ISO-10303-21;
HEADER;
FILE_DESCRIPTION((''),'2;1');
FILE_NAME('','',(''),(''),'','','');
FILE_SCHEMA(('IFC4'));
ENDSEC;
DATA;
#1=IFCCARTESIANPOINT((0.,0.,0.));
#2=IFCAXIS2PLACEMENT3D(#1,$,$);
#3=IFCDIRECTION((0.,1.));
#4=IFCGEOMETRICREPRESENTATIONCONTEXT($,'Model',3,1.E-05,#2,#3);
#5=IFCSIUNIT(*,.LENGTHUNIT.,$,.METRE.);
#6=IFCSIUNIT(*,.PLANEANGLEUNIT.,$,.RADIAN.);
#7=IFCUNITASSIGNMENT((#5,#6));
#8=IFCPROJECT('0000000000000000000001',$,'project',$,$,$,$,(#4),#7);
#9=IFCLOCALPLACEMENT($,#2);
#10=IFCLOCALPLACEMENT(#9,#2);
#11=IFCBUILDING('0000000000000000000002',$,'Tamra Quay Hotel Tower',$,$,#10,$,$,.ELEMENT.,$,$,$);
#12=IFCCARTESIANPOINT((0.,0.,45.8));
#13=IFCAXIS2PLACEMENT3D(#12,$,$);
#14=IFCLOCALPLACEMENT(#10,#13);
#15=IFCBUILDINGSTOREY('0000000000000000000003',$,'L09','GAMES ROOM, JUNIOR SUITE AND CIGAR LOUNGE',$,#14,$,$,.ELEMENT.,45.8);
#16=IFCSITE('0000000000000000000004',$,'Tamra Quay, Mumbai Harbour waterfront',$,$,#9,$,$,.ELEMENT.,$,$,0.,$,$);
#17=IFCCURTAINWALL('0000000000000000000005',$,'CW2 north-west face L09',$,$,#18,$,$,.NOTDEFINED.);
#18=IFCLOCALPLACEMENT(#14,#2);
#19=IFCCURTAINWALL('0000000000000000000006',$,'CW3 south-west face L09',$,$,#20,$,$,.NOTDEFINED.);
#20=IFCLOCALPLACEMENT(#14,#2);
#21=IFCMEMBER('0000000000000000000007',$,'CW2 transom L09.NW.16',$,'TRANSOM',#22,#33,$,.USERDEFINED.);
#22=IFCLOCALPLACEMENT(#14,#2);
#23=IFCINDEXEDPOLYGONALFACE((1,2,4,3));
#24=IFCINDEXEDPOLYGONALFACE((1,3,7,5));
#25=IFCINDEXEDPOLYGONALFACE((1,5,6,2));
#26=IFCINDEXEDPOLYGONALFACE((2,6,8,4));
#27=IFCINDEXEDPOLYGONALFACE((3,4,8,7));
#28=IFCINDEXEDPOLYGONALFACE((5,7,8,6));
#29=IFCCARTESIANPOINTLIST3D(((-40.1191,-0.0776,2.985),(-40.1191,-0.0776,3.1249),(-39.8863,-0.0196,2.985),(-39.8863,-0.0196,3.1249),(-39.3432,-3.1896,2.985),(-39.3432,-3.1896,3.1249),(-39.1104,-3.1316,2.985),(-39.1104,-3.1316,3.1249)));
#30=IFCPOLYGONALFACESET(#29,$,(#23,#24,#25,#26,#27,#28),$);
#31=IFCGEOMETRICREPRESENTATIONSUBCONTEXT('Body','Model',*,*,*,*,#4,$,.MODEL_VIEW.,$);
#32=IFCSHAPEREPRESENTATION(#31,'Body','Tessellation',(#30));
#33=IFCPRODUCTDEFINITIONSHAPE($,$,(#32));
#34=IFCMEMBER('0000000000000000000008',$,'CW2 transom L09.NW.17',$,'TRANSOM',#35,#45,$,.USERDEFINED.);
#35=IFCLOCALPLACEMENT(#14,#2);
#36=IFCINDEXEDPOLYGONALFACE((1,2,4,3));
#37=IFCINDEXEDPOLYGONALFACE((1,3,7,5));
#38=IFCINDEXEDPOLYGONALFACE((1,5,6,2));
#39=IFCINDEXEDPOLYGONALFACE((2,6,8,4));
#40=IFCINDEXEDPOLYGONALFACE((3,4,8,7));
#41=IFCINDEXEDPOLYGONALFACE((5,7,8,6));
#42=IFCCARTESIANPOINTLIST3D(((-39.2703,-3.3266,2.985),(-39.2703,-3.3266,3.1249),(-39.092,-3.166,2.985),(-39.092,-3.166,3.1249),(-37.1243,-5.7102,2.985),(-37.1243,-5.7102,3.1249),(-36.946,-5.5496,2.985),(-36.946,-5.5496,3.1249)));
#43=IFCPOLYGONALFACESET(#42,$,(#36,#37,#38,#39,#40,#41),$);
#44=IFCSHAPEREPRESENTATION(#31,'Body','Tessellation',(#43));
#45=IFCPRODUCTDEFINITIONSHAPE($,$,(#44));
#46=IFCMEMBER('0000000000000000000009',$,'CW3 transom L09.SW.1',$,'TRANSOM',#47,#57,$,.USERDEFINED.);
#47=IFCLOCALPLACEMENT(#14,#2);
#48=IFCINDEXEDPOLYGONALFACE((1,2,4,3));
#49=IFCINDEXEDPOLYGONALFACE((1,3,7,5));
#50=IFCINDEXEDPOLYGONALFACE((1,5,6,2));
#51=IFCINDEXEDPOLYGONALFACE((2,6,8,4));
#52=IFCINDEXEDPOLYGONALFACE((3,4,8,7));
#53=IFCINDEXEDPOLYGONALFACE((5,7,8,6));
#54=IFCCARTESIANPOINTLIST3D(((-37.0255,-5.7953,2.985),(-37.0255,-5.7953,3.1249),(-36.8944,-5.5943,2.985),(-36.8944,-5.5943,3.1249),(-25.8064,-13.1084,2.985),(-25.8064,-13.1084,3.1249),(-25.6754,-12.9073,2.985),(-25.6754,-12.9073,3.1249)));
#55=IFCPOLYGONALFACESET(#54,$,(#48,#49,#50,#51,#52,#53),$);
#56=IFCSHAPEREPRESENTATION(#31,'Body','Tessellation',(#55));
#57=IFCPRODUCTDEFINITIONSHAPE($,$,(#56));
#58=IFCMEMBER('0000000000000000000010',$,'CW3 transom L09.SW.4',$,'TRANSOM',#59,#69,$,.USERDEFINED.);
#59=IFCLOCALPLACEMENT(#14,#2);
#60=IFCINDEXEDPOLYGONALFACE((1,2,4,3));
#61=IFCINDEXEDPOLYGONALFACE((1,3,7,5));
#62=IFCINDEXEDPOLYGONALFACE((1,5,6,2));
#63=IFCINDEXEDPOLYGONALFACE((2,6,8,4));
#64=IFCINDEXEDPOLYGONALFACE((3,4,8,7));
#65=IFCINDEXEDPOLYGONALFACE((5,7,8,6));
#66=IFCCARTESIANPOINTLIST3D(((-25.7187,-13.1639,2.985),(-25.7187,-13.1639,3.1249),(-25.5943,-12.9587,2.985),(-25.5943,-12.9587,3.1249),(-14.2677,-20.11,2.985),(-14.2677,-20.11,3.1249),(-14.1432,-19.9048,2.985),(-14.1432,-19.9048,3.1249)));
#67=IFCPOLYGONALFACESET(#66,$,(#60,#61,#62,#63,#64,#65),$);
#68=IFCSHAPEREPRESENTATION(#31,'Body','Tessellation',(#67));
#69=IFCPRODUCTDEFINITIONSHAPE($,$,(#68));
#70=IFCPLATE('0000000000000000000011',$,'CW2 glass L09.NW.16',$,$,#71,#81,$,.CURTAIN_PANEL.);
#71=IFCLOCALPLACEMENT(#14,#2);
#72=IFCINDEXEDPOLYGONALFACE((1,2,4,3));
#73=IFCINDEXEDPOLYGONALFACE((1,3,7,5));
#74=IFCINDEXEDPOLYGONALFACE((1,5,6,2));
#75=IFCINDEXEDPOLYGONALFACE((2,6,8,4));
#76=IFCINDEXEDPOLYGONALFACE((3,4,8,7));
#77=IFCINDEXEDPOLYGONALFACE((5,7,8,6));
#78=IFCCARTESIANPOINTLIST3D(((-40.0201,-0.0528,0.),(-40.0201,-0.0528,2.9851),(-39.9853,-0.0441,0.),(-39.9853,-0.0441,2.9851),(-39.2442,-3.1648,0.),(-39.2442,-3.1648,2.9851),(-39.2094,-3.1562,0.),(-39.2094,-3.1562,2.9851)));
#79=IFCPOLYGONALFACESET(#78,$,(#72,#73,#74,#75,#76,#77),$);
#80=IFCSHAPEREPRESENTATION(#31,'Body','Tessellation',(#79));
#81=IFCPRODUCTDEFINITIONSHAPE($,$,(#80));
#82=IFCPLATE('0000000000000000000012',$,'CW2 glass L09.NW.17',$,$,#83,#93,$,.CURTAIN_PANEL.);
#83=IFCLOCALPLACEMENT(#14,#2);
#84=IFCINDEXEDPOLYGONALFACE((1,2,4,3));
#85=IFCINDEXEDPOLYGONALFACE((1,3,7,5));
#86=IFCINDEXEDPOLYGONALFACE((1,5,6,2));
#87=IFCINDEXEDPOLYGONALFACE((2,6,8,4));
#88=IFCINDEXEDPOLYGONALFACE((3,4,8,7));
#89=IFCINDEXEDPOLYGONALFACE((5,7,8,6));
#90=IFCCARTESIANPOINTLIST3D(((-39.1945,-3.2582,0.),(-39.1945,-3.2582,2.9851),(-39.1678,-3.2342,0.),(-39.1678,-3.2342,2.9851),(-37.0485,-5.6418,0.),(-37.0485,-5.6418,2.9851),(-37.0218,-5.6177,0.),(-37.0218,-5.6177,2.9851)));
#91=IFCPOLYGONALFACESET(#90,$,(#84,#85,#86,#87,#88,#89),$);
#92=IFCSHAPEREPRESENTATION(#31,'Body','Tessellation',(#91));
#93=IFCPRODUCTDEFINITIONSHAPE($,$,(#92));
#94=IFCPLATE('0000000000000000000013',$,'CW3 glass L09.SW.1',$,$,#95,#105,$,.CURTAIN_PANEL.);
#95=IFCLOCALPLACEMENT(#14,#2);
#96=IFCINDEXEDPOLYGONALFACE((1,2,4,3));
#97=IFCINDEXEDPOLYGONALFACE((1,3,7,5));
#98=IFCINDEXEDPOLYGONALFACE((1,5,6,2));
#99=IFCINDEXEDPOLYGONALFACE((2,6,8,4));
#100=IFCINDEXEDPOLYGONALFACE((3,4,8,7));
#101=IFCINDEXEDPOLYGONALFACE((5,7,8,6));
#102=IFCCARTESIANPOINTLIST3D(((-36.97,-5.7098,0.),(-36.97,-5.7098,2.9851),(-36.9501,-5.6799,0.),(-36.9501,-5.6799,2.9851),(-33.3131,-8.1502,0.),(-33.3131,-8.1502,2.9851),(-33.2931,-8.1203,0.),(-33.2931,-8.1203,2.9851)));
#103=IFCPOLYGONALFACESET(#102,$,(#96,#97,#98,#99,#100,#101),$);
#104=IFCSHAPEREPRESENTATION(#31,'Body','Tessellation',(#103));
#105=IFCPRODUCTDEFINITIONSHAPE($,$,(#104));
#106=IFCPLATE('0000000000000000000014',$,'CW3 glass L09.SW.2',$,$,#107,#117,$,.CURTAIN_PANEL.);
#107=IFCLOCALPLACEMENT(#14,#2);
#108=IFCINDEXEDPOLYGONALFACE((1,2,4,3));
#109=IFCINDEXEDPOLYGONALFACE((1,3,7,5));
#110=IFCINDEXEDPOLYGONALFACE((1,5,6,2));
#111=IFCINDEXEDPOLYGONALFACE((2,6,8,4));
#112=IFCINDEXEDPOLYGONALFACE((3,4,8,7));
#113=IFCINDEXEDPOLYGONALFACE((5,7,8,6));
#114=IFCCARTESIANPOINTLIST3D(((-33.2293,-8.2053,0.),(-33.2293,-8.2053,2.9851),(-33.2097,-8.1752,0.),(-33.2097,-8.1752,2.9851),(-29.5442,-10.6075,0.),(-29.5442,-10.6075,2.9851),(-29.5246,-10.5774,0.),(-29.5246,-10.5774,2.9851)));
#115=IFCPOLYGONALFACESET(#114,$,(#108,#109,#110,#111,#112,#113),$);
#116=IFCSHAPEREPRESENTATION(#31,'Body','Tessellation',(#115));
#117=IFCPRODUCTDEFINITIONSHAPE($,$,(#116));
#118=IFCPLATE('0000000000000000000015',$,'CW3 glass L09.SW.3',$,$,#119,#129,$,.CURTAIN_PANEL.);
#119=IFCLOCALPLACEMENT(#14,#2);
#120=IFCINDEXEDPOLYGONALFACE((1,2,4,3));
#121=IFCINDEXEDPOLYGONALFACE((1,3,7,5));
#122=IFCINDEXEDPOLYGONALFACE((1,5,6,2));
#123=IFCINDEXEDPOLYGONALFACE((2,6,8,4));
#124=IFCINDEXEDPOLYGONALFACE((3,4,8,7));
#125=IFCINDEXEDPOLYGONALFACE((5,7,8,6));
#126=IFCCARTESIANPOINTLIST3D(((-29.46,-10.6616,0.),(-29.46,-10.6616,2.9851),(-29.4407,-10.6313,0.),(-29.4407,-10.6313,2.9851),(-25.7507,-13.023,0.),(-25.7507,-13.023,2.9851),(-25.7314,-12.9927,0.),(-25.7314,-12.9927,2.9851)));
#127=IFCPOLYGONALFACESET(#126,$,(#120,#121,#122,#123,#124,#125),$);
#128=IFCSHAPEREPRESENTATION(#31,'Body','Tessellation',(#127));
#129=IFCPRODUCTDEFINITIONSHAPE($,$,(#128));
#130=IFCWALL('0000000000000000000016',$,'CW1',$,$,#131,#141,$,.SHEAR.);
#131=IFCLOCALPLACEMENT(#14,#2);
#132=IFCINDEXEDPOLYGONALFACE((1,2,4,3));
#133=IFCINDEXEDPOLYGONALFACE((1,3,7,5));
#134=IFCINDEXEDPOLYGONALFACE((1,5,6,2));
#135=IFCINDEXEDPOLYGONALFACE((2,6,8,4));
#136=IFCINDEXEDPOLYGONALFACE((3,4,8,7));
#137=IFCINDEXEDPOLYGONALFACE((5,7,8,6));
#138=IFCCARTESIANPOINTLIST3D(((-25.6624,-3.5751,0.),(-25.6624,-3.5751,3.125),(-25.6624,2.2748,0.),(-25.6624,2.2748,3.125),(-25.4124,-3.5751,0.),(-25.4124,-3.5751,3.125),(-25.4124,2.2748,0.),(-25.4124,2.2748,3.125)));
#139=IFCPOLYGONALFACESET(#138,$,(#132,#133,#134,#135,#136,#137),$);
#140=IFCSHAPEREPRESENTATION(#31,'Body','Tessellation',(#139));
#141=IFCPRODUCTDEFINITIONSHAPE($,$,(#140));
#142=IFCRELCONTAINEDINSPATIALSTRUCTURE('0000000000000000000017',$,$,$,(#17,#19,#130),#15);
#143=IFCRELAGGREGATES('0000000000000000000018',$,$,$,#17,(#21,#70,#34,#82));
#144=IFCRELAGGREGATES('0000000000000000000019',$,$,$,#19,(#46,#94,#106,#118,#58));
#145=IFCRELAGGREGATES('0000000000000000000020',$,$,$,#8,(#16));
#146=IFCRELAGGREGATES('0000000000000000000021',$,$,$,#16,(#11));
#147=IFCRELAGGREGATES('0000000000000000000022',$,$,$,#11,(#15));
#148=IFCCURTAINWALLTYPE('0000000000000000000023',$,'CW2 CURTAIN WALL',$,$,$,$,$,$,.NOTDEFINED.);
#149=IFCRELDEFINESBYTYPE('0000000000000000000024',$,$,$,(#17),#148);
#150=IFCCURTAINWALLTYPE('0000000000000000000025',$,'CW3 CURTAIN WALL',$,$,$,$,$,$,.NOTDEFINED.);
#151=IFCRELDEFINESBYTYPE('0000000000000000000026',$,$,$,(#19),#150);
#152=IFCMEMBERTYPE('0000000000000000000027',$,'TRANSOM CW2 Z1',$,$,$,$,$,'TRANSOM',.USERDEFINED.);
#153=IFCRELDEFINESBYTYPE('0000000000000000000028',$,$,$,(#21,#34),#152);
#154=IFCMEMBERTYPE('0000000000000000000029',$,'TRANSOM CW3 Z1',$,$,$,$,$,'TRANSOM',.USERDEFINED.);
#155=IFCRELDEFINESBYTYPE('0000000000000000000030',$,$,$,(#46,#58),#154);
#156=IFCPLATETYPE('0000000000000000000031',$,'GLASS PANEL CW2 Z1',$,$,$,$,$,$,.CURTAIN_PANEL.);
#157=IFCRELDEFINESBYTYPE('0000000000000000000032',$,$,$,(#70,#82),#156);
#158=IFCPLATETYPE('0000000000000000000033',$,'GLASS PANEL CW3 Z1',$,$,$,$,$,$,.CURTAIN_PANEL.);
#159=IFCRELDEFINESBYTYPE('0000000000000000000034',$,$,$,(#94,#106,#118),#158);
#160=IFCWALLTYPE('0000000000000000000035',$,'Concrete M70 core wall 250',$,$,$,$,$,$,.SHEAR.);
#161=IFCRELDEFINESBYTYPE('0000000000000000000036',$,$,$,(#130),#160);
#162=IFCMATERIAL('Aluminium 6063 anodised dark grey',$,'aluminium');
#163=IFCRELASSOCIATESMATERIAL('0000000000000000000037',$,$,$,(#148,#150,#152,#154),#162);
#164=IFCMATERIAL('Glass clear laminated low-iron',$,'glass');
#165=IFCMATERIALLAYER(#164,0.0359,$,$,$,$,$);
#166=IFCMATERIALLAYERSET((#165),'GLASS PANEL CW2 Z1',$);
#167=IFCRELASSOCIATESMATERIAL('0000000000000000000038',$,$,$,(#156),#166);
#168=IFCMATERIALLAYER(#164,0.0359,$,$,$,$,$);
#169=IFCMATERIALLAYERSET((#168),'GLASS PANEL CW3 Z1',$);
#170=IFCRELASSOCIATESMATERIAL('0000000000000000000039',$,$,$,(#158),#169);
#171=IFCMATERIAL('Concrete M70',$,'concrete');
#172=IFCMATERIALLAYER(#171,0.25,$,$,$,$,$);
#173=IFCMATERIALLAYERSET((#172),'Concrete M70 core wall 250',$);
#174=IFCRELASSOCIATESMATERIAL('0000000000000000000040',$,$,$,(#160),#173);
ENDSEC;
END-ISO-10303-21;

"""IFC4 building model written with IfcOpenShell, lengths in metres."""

from ifc_helpers import new_model, si_unit, direction, frame, frame_2d, origin, origin_2d, place, context, subcontext, project, spatial, rectangle, extrude, material, layer, layer_set, material_profile, profile_set, type_object, element, aggregate, save


model = new_model("IFC4")

# Units and contexts
model_context = context("Model", 3, precision=1e-05, world=origin(), true_north=direction((0.0, 1.0)))
body_context = subcontext(model_context, "Body", "Model", "MODEL_VIEW")
ifc_project = project(units=[si_unit("LENGTHUNIT", "METRE"), si_unit("PLANEANGLEUNIT", "RADIAN")], contexts=[model_context])

# Site, building, storey
site_placement = place(None, origin())
site = spatial("IfcSite", under=ifc_project, at=site_placement, Name="Tamra Quay, Mumbai Harbour waterfront", CompositionType="ELEMENT", RefElevation=0.0)
building_placement = place(site_placement, origin())
building = spatial("IfcBuilding", under=site, at=building_placement, Name="Tamra Quay Hotel Tower", CompositionType="ELEMENT")
storey_placement = place(building_placement, frame((0.0, 0.0, 45.8)))
storey = spatial("IfcBuildingStorey", under=building, at=storey_placement, Name="L09", Description="GAMES ROOM, JUNIOR SUITE AND CIGAR LOUNGE", CompositionType="ELEMENT", Elevation=45.8)

# Shared definitions
ifc_material_1 = material(Name="Concrete M70", Category="concrete")

# Curtain walls
ifc_material_2 = material(Name="Aluminium 6063 anodised dark grey", Category="aluminium")
curtain_wall_type_1 = type_object("IfcCurtainWallType", Name="CW2 CURTAIN WALL", PredefinedType="NOTDEFINED", material=ifc_material_2)
curtain_wall_1_placement = place(storey_placement, origin())
curtain_wall_1 = element("IfcCurtainWall", 1, at=curtain_wall_1_placement, inside=storey, type_object=curtain_wall_type_1, Name="CW2 north-west face L09", PredefinedType="NOTDEFINED")
curtain_wall_type_2 = type_object("IfcCurtainWallType", Name="CW3 CURTAIN WALL", PredefinedType="NOTDEFINED", material=ifc_material_2)
curtain_wall_2_placement = place(storey_placement, origin())
curtain_wall_2 = element("IfcCurtainWall", 2, at=curtain_wall_2_placement, inside=storey, type_object=curtain_wall_type_2, Name="CW3 south-west face L09", PredefinedType="NOTDEFINED")

# Members
ifc_material_profile_1 = material_profile(ifc_material_2, rectangle(XDim=0.24, YDim=0.1399, at=origin_2d()), Name="TRANSOM 240X140")
ifc_profile_set_1 = profile_set([ifc_material_profile_1], Name="Aluminium 6063 anodised dark grey")
member_type_1 = type_object("IfcMemberType", Name="TRANSOM CW2 Z1", ElementType="TRANSOM", PredefinedType="USERDEFINED", material=ifc_profile_set_1)
member_1_placement = place(storey_placement, frame((-40.0027, -0.0486, 3.0549), z_axis=(0.241909, -0.970299, 0.0), x_axis=(0.970299, 0.241909, 0.0)))
member_1 = element("IfcMember", 3, at=member_1_placement, type_object=member_type_1, Name="CW2 transom L09.NW.16", ObjectType="TRANSOM", PredefinedType="USERDEFINED", context=body_context, shape_type="SweptSolid", body=[
    extrude(rectangle(XDim=0.24, YDim=0.1399, at=origin_2d()), origin(), (0.0, 0.0, 1.0), 3.2073),
])
member_2_placement = place(storey_placement, frame((-39.1812, -3.2463, 3.0549), z_axis=(0.669104, -0.743169, 0.0), x_axis=(0.743169, 0.669104, 0.0)))
member_2 = element("IfcMember", 4, at=member_2_placement, type_object=member_type_1, Name="CW2 transom L09.NW.17", ObjectType="TRANSOM", PredefinedType="USERDEFINED", context=body_context, shape_type="SweptSolid", body=[
    extrude(rectangle(XDim=0.24, YDim=0.1399, at=origin_2d()), origin(), (0.0, 0.0, 1.0), 3.2073),
])
ifc_material_profile_2 = material_profile(ifc_material_2, rectangle(XDim=0.24, YDim=0.1399, at=origin_2d()), Name="TRANSOM 240X140")
ifc_profile_set_2 = profile_set([ifc_material_profile_2], Name="Aluminium 6063 anodised dark grey")
member_type_2 = type_object("IfcMemberType", Name="TRANSOM CW3 Z1", ElementType="TRANSOM", PredefinedType="USERDEFINED", material=ifc_profile_set_2)
member_3_placement = place(storey_placement, frame((-36.96, -5.6948, 3.0549), z_axis=(0.837739, -0.546071, 0.0), x_axis=(0.546071, 0.837739, 0.0)))
member_3 = element("IfcMember", 5, at=member_3_placement, type_object=member_type_2, Name="CW3 transom L09.SW.1", ObjectType="TRANSOM", PredefinedType="USERDEFINED", context=body_context, shape_type="SweptSolid", body=[
    extrude(rectangle(XDim=0.24, YDim=0.1399, at=origin_2d()), origin(), (0.0, 0.0, 1.0), 13.3921),
])
member_4_placement = place(storey_placement, frame((-25.6565, -13.0613, 3.0549), z_axis=(0.854996, -0.518634, 0.0), x_axis=(0.518634, 0.854996, 0.0)))
member_4 = element("IfcMember", 6, at=member_4_placement, type_object=member_type_2, Name="CW3 transom L09.SW.4", ObjectType="TRANSOM", PredefinedType="USERDEFINED", context=body_context, shape_type="SweptSolid", body=[
    extrude(rectangle(XDim=0.24, YDim=0.1399, at=origin_2d()), origin(), (0.0, 0.0, 1.0), 13.3931),
])

# Plates
ifc_material_3 = material(Name="Glass clear laminated low-iron", Category="glass")
ifc_layer_1 = layer(ifc_material_3, 0.0359)
ifc_layer_set_1 = layer_set([ifc_layer_1], Name="GLASS PANEL CW2 Z1")
plate_type_1 = type_object("IfcPlateType", Name="GLASS PANEL CW2 Z1", PredefinedType="CURTAIN_PANEL", material=ifc_layer_set_1)
plate_1_placement = place(storey_placement, frame((-39.6147, -1.6045, 0.0), z_axis=(0.0, 0.0, 1.0), x_axis=(0.241914, -0.970298, 0.0)))
plate_1 = element("IfcPlate", 7, at=plate_1_placement, type_object=plate_type_1, Name="CW2 glass L09.NW.16", PredefinedType="CURTAIN_PANEL", context=body_context, shape_type="SweptSolid", body=[
    extrude(rectangle(XDim=3.2073, YDim=0.0359, at=origin_2d()), origin(), (0.0, 0.0, 1.0), 2.9851),
])
plate_2_placement = place(storey_placement, frame((-38.1082, -4.438, 0.0), z_axis=(0.0, 0.0, 1.0), x_axis=(0.669112, -0.743161, 0.0)))
plate_2 = element("IfcPlate", 8, at=plate_2_placement, type_object=plate_type_1, Name="CW2 glass L09.NW.17", PredefinedType="CURTAIN_PANEL", context=body_context, shape_type="SweptSolid", body=[
    extrude(rectangle(XDim=3.2073, YDim=0.0359, at=origin_2d()), origin(), (0.0, 0.0, 1.0), 2.9851),
])
aggregate(curtain_wall_1, [member_1, plate_1, member_2, plate_2])
ifc_layer_2 = layer(ifc_material_3, 0.0359)
ifc_layer_set_2 = layer_set([ifc_layer_2], Name="GLASS PANEL CW3 Z1")
plate_type_2 = type_object("IfcPlateType", Name="GLASS PANEL CW3 Z1", PredefinedType="CURTAIN_PANEL", material=ifc_layer_set_2)
plate_3_placement = place(storey_placement, frame((-35.1316, -6.915, 0.0), z_axis=(0.0, 0.0, 1.0), x_axis=(0.831798, -0.555078, 0.0)))
plate_3 = element("IfcPlate", 9, at=plate_3_placement, type_object=plate_type_2, Name="CW3 glass L09.SW.1", PredefinedType="CURTAIN_PANEL", context=body_context, shape_type="SweptSolid", body=[
    extrude(rectangle(XDim=4.3965, YDim=0.0359, at=origin_2d()), origin(), (0.0, 0.0, 1.0), 2.9851),
])
plate_4_placement = place(storey_placement, frame((-31.377, -9.3914, 0.0), z_axis=(0.0, 0.0, 1.0), x_axis=(0.837728, -0.546088, 0.0)))
plate_4 = element("IfcPlate", 10, at=plate_4_placement, type_object=plate_type_2, Name="CW3 glass L09.SW.2", PredefinedType="CURTAIN_PANEL", context=body_context, shape_type="SweptSolid", body=[
    extrude(rectangle(XDim=4.3989, YDim=0.0359, at=origin_2d()), origin(), (0.0, 0.0, 1.0), 2.9851),
])
plate_5_placement = place(storey_placement, frame((-27.5957, -11.8271, 0.0), z_axis=(0.0, 0.0, 1.0), x_axis=(0.843571, -0.537018, 0.0)))
plate_5 = element("IfcPlate", 11, at=plate_5_placement, type_object=plate_type_2, Name="CW3 glass L09.SW.3", PredefinedType="CURTAIN_PANEL", context=body_context, shape_type="SweptSolid", body=[
    extrude(rectangle(XDim=4.3972, YDim=0.0359, at=origin_2d()), origin(), (0.0, 0.0, 1.0), 2.9851),
])
aggregate(curtain_wall_2, [member_3, plate_3, plate_4, plate_5, member_4])

# Wall
ifc_layer_3 = layer(ifc_material_1, 0.25)
ifc_layer_set_3 = layer_set([ifc_layer_3], Name="Concrete M70 core wall 250")
wall_type = type_object("IfcWallType", Name="Concrete M70 core wall 250", PredefinedType="SHEAR", material=ifc_layer_set_3)
wall_placement = place(storey_placement, frame((-25.5374, -3.575, 0.0), z_axis=(0.0, 0.0, 1.0), x_axis=(0.0, 1.0, 0.0)))
element("IfcWall", 12, at=wall_placement, inside=storey, type_object=wall_type, Name="CW1", PredefinedType="SHEAR", context=body_context, shape_type="SweptSolid", body=[
    extrude(rectangle(XDim=5.8499, YDim=0.25, at=frame_2d((2.9248, 0.0))), origin(), (0.0, 0.0, 1.0), 3.125),
])

save(model, "model.ifc")
